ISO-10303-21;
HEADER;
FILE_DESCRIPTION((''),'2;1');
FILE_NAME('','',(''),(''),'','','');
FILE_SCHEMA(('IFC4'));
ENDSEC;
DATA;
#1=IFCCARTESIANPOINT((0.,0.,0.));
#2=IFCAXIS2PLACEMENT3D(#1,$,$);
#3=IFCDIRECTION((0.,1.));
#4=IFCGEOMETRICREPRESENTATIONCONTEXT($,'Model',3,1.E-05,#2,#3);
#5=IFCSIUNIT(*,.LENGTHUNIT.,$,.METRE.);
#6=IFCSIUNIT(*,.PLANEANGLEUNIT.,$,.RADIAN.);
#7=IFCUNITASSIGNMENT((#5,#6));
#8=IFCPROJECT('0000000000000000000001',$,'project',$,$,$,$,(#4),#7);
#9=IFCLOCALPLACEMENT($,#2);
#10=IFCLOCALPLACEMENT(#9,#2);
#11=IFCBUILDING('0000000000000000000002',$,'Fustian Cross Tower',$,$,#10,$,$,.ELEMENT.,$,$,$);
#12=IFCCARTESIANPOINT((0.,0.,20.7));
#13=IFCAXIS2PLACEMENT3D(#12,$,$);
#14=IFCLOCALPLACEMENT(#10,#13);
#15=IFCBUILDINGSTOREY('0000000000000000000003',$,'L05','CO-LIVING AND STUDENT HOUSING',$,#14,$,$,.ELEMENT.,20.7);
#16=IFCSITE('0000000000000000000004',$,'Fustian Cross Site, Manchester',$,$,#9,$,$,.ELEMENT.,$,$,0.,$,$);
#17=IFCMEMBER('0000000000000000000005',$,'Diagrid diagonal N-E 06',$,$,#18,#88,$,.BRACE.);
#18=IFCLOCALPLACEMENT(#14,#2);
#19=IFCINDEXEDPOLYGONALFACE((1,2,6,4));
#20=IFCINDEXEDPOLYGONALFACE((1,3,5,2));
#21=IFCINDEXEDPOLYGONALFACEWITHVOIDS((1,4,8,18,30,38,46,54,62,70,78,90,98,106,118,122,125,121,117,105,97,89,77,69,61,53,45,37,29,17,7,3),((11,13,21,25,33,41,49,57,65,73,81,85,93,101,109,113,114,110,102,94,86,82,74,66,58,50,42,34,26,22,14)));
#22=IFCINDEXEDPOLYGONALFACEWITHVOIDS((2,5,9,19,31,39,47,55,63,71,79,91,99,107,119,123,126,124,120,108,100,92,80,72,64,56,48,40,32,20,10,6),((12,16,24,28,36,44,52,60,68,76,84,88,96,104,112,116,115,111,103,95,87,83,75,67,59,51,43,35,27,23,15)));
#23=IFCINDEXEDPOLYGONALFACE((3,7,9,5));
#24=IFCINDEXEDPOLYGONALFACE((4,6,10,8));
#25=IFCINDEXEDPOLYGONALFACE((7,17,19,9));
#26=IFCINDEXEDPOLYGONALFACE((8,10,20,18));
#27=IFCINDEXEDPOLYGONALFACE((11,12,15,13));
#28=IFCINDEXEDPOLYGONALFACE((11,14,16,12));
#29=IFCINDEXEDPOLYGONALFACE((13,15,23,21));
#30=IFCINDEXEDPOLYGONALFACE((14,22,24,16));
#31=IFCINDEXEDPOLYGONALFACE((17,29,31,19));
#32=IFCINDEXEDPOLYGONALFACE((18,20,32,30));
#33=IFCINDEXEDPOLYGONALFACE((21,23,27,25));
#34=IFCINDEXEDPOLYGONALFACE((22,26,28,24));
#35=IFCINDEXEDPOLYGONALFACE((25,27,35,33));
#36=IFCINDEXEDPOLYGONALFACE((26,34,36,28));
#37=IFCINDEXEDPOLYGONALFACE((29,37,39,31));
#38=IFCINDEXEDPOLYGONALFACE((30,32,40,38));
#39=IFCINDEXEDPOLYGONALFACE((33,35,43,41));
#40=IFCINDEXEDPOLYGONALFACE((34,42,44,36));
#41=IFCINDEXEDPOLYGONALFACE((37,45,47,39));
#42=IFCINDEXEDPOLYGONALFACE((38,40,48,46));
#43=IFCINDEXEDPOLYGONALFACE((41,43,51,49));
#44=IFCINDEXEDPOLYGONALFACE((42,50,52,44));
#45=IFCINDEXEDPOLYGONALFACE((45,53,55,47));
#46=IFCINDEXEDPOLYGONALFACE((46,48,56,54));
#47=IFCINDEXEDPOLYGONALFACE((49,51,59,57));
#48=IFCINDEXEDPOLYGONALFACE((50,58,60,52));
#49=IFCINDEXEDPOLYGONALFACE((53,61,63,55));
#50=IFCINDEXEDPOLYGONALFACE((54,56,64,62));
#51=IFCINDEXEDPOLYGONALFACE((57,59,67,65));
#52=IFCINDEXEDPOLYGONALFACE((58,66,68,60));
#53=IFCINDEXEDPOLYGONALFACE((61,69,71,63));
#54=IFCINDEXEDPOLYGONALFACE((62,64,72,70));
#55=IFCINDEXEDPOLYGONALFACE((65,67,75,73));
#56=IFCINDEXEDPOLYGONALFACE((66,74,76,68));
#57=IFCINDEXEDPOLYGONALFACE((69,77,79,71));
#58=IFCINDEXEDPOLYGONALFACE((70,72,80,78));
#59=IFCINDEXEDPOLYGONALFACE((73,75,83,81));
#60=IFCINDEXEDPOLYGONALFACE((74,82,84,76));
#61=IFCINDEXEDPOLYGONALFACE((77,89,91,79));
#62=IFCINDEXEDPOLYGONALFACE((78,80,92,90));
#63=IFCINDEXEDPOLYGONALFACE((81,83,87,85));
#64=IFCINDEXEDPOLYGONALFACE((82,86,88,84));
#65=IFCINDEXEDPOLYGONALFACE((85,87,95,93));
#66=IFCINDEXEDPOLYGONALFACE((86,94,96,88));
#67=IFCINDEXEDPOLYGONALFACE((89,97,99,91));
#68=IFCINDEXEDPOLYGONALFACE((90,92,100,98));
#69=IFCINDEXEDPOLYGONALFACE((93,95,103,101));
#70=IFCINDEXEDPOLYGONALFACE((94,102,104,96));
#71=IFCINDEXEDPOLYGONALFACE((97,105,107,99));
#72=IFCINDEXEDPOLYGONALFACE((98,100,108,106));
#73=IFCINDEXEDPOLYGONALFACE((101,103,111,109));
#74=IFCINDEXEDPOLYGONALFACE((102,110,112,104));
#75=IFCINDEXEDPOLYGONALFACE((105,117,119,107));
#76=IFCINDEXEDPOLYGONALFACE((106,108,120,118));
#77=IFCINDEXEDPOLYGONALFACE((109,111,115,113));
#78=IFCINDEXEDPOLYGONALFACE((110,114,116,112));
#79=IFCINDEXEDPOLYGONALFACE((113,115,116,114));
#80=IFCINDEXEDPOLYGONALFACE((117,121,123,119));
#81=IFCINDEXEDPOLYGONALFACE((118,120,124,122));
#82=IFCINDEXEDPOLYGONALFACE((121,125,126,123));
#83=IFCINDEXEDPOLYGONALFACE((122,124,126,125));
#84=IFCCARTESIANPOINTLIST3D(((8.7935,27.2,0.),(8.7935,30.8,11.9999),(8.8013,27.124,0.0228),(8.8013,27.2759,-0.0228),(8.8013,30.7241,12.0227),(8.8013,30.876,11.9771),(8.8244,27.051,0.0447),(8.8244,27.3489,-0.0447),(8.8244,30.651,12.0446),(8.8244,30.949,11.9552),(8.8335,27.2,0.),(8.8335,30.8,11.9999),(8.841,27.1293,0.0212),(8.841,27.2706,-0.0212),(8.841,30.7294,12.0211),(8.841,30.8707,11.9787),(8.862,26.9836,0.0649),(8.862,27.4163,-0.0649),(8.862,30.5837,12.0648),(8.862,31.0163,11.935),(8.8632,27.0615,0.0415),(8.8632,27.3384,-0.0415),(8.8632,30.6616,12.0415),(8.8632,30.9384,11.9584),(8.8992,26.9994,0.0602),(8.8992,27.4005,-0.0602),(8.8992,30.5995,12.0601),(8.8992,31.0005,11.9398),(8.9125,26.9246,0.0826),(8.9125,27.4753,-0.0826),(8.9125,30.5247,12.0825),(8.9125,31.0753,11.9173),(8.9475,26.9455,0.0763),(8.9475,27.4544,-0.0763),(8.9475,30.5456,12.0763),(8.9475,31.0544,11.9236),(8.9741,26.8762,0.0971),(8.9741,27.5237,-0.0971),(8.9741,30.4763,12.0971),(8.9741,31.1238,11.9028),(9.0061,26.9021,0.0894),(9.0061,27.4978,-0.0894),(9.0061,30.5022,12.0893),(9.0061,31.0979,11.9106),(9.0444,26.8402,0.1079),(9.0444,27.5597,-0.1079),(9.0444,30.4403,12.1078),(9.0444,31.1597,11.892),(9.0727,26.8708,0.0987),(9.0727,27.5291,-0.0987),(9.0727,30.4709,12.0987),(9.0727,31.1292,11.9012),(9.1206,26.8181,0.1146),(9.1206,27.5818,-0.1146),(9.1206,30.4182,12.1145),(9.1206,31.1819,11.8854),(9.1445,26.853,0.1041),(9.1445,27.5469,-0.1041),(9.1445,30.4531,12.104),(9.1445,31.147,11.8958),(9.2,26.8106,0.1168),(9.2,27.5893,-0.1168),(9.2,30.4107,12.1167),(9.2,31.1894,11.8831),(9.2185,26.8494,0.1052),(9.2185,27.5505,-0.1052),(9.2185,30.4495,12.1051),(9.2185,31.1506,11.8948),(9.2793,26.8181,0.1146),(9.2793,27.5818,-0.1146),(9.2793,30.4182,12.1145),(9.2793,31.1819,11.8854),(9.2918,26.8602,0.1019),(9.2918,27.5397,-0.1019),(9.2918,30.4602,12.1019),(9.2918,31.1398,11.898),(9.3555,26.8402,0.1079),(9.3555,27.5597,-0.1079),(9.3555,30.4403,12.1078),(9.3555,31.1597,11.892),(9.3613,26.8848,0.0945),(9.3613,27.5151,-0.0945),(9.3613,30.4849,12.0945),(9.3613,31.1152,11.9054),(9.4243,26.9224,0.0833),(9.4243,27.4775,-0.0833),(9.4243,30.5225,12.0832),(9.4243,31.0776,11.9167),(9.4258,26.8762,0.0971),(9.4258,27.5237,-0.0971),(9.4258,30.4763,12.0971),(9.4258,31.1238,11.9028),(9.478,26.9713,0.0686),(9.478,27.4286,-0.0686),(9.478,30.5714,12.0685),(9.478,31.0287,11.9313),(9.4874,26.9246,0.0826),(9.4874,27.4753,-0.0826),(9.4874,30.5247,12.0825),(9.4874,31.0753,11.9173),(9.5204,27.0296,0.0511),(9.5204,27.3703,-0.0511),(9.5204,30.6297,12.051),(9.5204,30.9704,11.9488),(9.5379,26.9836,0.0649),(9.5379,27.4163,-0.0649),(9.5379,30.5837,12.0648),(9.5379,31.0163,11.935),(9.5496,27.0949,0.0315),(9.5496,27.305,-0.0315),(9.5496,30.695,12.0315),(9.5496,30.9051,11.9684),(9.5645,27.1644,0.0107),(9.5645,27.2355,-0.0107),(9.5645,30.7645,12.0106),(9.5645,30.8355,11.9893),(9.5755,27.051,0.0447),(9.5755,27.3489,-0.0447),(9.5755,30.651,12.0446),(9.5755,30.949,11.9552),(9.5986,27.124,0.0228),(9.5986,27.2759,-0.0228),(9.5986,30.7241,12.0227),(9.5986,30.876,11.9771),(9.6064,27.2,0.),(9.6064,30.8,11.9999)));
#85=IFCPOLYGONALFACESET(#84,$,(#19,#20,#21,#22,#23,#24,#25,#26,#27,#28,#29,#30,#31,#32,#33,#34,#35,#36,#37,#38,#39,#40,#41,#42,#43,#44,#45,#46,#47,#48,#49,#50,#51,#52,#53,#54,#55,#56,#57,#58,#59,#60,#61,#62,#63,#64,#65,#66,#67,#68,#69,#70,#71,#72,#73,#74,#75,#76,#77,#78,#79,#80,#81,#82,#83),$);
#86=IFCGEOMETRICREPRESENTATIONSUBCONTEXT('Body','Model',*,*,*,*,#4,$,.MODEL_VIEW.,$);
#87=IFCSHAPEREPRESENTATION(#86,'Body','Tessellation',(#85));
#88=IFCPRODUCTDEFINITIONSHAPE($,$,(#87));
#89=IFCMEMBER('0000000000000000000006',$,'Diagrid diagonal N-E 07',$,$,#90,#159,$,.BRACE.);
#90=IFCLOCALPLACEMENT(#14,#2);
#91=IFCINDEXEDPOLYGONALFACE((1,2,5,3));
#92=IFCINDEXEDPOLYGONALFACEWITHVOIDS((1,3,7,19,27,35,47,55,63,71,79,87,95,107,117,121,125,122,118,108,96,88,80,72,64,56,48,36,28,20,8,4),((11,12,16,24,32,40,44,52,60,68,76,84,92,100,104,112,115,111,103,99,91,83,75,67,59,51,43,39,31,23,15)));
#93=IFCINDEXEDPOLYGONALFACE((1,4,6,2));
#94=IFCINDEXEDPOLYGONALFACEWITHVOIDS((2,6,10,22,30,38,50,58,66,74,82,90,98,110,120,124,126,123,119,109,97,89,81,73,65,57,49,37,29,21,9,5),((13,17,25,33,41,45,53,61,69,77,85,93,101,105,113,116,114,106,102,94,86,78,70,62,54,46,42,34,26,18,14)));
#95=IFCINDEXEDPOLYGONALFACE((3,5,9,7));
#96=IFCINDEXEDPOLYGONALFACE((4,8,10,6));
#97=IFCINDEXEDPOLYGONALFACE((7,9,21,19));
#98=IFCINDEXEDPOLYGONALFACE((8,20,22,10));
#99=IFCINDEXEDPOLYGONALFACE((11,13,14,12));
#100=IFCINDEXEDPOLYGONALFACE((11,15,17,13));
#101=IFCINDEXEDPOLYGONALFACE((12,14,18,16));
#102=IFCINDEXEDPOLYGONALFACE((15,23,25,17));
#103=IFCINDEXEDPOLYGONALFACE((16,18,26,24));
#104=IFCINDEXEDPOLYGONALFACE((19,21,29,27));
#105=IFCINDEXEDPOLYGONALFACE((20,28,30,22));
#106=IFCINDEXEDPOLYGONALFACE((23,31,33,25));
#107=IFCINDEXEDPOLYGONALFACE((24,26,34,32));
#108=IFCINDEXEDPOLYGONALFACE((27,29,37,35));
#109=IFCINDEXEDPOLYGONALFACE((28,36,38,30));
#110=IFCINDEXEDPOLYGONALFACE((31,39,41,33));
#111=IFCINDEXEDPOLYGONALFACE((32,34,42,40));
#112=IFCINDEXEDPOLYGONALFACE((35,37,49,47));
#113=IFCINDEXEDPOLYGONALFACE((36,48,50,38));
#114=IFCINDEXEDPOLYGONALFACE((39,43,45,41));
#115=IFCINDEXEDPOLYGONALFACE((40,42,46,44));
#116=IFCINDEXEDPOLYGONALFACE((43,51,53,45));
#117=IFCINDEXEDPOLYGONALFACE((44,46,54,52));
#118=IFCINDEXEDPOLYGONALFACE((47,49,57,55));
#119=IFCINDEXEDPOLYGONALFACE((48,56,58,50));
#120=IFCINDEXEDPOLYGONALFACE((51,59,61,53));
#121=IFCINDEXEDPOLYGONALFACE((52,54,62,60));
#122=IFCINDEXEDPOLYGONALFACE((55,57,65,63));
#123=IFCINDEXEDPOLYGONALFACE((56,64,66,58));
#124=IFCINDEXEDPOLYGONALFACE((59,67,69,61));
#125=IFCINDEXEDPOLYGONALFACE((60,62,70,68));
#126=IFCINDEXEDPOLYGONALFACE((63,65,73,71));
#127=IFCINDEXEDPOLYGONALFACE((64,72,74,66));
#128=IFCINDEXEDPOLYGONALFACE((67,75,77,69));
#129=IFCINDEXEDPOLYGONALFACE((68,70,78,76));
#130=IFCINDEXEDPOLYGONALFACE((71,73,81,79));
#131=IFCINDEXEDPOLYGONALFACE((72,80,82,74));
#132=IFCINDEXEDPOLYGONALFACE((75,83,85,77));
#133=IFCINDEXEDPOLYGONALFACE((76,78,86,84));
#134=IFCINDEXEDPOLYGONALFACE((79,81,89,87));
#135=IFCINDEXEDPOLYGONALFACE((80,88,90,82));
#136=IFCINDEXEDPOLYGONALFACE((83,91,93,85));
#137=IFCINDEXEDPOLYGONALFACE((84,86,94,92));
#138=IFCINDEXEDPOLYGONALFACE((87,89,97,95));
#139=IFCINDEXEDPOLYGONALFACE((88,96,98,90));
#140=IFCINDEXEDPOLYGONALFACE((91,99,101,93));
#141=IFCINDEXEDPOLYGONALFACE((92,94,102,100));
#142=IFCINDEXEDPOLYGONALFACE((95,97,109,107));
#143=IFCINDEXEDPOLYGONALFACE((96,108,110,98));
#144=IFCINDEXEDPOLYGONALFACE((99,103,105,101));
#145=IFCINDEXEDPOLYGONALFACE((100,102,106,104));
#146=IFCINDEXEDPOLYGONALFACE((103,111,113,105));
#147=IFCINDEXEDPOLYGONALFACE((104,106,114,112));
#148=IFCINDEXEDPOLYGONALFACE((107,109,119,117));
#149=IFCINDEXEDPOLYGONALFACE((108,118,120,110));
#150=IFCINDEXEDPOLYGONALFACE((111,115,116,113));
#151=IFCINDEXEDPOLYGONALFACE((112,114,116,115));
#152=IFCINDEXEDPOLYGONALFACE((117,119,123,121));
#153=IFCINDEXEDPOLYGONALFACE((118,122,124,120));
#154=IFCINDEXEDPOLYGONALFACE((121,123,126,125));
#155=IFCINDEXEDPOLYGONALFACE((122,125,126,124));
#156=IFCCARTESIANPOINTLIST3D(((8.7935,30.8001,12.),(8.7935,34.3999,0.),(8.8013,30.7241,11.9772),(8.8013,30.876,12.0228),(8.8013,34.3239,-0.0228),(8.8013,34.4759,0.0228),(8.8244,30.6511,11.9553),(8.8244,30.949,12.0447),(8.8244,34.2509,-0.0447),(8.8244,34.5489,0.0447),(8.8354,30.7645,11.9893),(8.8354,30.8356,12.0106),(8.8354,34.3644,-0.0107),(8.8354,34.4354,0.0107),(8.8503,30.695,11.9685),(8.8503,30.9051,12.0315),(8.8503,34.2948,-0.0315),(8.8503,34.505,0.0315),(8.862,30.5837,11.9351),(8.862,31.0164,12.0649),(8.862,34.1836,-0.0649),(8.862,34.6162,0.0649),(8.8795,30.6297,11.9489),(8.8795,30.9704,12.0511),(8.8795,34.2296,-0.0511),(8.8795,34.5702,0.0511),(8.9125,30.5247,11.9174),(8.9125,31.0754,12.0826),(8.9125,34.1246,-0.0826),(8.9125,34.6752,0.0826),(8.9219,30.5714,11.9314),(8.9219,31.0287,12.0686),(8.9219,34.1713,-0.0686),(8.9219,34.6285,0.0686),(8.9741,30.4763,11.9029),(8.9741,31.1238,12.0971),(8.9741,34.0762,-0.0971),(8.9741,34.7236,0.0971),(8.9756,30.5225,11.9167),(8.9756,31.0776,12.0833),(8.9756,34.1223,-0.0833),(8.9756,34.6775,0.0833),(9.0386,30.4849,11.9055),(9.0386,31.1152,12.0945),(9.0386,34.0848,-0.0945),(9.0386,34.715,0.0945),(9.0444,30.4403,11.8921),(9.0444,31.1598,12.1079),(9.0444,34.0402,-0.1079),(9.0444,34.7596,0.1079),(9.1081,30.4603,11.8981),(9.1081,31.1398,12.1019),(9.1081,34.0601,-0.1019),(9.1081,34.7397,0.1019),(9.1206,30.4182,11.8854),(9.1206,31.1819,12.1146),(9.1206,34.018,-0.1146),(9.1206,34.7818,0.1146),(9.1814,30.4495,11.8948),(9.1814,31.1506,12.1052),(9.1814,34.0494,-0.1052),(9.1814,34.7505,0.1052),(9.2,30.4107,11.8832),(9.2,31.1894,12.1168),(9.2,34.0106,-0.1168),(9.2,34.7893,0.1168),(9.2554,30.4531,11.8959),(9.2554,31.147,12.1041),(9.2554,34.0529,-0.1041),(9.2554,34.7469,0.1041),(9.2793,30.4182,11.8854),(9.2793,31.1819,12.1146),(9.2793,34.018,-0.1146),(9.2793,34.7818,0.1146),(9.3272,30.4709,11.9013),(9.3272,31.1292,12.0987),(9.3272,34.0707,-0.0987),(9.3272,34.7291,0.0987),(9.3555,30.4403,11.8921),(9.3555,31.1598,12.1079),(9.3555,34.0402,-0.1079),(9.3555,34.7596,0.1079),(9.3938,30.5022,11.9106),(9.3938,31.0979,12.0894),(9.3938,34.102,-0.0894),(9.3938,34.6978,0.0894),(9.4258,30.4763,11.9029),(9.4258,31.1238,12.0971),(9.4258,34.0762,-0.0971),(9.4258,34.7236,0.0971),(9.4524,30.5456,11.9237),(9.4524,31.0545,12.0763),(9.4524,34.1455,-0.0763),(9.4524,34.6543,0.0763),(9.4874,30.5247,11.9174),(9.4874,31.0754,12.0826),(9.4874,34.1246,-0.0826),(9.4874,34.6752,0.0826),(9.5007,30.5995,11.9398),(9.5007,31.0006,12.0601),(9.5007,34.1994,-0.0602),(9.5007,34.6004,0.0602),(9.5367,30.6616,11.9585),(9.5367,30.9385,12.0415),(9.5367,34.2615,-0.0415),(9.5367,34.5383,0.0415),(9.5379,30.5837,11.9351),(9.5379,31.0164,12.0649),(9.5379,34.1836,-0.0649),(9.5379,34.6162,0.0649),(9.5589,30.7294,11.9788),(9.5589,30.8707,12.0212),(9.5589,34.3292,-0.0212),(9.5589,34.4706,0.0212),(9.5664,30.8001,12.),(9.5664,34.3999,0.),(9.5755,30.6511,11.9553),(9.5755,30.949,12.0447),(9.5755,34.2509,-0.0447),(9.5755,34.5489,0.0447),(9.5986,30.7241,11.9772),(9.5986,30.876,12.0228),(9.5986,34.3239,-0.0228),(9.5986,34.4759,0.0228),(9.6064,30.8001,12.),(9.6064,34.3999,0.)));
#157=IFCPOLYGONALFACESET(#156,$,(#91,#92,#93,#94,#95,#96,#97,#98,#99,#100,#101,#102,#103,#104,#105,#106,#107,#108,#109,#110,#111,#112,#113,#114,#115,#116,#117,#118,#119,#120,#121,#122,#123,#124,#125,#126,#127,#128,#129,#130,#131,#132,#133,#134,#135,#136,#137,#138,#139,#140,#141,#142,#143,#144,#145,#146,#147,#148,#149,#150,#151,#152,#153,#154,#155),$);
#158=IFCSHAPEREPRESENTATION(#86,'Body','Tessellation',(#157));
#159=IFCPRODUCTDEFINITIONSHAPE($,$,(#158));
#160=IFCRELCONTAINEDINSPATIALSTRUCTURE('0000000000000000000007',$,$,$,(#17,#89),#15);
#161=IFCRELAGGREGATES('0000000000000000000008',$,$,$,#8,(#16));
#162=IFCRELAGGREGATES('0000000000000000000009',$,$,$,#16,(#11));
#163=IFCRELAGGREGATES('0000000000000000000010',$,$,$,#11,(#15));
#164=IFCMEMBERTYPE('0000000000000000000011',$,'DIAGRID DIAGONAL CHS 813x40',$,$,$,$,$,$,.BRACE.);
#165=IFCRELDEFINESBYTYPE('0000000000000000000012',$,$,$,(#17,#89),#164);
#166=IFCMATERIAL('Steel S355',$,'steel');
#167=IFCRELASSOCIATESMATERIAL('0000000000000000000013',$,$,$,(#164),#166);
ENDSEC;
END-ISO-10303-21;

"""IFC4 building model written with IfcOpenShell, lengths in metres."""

from ifc_helpers import new_model, si_unit, direction, frame, origin, origin_2d, place, context, subcontext, project, spatial, hollow_circle, extrude, material, material_profile, profile_set, type_object, element, save


model = new_model("IFC4")

# Units and contexts
model_context = context("Model", 3, precision=1e-05, world=origin(), true_north=direction((0.0, 1.0)))
body_context = subcontext(model_context, "Body", "Model", "MODEL_VIEW")
ifc_project = project(units=[si_unit("LENGTHUNIT", "METRE"), si_unit("PLANEANGLEUNIT", "RADIAN")], contexts=[model_context])

# Site, building, storey
site_placement = place(None, origin())
site = spatial("IfcSite", under=ifc_project, at=site_placement, Name="Fustian Cross Site, Manchester", CompositionType="ELEMENT", RefElevation=0.0)
building_placement = place(site_placement, origin())
building = spatial("IfcBuilding", under=site, at=building_placement, Name="Fustian Cross Tower", CompositionType="ELEMENT")
storey_placement = place(building_placement, frame((0.0, 0.0, 20.7)))
storey = spatial("IfcBuildingStorey", under=building, at=storey_placement, Name="L05", Description="CO-LIVING AND STUDENT HOUSING", CompositionType="ELEMENT", Elevation=20.7)

# Members
ifc_material_1 = material(Name="Steel S355", Category="steel")
ifc_material_profile_1 = material_profile(ifc_material_1, hollow_circle(Radius=0.4065, WallThickness=0.04, at=origin_2d()), Name="CHS 813x40")
ifc_profile_set_1 = profile_set([ifc_material_profile_1], Name="Steel S355")
member_type_1 = type_object("IfcMemberType", Name="DIAGRID DIAGONAL CHS 813x40", PredefinedType="BRACE", material=ifc_profile_set_1)
for number, where, z_axis, x_axis, name in (
    (1, (9.2, 27.2, 0.0), (0.0, 0.287355, 0.957824), (-1.0, 0.0, 0.0), "Diagrid diagonal N-E 06"),
    (2, (9.2, 34.3999, 0.0), (0.0, -0.287337, 0.95783), (1.0, 0.0, 0.0), "Diagrid diagonal N-E 07"),
):
    element("IfcMember", number, at=place(storey_placement, frame(where, z_axis=z_axis, x_axis=x_axis)), inside=storey, type_object=member_type_1, Name=name, PredefinedType="BRACE", context=body_context, shape_type="SweptSolid", body=[
        extrude(hollow_circle(Radius=0.4065, WallThickness=0.04, at=origin_2d()), origin(), (0.0, 0.0, 1.0), 12.5283),
    ])

save(model, "model.ifc")
